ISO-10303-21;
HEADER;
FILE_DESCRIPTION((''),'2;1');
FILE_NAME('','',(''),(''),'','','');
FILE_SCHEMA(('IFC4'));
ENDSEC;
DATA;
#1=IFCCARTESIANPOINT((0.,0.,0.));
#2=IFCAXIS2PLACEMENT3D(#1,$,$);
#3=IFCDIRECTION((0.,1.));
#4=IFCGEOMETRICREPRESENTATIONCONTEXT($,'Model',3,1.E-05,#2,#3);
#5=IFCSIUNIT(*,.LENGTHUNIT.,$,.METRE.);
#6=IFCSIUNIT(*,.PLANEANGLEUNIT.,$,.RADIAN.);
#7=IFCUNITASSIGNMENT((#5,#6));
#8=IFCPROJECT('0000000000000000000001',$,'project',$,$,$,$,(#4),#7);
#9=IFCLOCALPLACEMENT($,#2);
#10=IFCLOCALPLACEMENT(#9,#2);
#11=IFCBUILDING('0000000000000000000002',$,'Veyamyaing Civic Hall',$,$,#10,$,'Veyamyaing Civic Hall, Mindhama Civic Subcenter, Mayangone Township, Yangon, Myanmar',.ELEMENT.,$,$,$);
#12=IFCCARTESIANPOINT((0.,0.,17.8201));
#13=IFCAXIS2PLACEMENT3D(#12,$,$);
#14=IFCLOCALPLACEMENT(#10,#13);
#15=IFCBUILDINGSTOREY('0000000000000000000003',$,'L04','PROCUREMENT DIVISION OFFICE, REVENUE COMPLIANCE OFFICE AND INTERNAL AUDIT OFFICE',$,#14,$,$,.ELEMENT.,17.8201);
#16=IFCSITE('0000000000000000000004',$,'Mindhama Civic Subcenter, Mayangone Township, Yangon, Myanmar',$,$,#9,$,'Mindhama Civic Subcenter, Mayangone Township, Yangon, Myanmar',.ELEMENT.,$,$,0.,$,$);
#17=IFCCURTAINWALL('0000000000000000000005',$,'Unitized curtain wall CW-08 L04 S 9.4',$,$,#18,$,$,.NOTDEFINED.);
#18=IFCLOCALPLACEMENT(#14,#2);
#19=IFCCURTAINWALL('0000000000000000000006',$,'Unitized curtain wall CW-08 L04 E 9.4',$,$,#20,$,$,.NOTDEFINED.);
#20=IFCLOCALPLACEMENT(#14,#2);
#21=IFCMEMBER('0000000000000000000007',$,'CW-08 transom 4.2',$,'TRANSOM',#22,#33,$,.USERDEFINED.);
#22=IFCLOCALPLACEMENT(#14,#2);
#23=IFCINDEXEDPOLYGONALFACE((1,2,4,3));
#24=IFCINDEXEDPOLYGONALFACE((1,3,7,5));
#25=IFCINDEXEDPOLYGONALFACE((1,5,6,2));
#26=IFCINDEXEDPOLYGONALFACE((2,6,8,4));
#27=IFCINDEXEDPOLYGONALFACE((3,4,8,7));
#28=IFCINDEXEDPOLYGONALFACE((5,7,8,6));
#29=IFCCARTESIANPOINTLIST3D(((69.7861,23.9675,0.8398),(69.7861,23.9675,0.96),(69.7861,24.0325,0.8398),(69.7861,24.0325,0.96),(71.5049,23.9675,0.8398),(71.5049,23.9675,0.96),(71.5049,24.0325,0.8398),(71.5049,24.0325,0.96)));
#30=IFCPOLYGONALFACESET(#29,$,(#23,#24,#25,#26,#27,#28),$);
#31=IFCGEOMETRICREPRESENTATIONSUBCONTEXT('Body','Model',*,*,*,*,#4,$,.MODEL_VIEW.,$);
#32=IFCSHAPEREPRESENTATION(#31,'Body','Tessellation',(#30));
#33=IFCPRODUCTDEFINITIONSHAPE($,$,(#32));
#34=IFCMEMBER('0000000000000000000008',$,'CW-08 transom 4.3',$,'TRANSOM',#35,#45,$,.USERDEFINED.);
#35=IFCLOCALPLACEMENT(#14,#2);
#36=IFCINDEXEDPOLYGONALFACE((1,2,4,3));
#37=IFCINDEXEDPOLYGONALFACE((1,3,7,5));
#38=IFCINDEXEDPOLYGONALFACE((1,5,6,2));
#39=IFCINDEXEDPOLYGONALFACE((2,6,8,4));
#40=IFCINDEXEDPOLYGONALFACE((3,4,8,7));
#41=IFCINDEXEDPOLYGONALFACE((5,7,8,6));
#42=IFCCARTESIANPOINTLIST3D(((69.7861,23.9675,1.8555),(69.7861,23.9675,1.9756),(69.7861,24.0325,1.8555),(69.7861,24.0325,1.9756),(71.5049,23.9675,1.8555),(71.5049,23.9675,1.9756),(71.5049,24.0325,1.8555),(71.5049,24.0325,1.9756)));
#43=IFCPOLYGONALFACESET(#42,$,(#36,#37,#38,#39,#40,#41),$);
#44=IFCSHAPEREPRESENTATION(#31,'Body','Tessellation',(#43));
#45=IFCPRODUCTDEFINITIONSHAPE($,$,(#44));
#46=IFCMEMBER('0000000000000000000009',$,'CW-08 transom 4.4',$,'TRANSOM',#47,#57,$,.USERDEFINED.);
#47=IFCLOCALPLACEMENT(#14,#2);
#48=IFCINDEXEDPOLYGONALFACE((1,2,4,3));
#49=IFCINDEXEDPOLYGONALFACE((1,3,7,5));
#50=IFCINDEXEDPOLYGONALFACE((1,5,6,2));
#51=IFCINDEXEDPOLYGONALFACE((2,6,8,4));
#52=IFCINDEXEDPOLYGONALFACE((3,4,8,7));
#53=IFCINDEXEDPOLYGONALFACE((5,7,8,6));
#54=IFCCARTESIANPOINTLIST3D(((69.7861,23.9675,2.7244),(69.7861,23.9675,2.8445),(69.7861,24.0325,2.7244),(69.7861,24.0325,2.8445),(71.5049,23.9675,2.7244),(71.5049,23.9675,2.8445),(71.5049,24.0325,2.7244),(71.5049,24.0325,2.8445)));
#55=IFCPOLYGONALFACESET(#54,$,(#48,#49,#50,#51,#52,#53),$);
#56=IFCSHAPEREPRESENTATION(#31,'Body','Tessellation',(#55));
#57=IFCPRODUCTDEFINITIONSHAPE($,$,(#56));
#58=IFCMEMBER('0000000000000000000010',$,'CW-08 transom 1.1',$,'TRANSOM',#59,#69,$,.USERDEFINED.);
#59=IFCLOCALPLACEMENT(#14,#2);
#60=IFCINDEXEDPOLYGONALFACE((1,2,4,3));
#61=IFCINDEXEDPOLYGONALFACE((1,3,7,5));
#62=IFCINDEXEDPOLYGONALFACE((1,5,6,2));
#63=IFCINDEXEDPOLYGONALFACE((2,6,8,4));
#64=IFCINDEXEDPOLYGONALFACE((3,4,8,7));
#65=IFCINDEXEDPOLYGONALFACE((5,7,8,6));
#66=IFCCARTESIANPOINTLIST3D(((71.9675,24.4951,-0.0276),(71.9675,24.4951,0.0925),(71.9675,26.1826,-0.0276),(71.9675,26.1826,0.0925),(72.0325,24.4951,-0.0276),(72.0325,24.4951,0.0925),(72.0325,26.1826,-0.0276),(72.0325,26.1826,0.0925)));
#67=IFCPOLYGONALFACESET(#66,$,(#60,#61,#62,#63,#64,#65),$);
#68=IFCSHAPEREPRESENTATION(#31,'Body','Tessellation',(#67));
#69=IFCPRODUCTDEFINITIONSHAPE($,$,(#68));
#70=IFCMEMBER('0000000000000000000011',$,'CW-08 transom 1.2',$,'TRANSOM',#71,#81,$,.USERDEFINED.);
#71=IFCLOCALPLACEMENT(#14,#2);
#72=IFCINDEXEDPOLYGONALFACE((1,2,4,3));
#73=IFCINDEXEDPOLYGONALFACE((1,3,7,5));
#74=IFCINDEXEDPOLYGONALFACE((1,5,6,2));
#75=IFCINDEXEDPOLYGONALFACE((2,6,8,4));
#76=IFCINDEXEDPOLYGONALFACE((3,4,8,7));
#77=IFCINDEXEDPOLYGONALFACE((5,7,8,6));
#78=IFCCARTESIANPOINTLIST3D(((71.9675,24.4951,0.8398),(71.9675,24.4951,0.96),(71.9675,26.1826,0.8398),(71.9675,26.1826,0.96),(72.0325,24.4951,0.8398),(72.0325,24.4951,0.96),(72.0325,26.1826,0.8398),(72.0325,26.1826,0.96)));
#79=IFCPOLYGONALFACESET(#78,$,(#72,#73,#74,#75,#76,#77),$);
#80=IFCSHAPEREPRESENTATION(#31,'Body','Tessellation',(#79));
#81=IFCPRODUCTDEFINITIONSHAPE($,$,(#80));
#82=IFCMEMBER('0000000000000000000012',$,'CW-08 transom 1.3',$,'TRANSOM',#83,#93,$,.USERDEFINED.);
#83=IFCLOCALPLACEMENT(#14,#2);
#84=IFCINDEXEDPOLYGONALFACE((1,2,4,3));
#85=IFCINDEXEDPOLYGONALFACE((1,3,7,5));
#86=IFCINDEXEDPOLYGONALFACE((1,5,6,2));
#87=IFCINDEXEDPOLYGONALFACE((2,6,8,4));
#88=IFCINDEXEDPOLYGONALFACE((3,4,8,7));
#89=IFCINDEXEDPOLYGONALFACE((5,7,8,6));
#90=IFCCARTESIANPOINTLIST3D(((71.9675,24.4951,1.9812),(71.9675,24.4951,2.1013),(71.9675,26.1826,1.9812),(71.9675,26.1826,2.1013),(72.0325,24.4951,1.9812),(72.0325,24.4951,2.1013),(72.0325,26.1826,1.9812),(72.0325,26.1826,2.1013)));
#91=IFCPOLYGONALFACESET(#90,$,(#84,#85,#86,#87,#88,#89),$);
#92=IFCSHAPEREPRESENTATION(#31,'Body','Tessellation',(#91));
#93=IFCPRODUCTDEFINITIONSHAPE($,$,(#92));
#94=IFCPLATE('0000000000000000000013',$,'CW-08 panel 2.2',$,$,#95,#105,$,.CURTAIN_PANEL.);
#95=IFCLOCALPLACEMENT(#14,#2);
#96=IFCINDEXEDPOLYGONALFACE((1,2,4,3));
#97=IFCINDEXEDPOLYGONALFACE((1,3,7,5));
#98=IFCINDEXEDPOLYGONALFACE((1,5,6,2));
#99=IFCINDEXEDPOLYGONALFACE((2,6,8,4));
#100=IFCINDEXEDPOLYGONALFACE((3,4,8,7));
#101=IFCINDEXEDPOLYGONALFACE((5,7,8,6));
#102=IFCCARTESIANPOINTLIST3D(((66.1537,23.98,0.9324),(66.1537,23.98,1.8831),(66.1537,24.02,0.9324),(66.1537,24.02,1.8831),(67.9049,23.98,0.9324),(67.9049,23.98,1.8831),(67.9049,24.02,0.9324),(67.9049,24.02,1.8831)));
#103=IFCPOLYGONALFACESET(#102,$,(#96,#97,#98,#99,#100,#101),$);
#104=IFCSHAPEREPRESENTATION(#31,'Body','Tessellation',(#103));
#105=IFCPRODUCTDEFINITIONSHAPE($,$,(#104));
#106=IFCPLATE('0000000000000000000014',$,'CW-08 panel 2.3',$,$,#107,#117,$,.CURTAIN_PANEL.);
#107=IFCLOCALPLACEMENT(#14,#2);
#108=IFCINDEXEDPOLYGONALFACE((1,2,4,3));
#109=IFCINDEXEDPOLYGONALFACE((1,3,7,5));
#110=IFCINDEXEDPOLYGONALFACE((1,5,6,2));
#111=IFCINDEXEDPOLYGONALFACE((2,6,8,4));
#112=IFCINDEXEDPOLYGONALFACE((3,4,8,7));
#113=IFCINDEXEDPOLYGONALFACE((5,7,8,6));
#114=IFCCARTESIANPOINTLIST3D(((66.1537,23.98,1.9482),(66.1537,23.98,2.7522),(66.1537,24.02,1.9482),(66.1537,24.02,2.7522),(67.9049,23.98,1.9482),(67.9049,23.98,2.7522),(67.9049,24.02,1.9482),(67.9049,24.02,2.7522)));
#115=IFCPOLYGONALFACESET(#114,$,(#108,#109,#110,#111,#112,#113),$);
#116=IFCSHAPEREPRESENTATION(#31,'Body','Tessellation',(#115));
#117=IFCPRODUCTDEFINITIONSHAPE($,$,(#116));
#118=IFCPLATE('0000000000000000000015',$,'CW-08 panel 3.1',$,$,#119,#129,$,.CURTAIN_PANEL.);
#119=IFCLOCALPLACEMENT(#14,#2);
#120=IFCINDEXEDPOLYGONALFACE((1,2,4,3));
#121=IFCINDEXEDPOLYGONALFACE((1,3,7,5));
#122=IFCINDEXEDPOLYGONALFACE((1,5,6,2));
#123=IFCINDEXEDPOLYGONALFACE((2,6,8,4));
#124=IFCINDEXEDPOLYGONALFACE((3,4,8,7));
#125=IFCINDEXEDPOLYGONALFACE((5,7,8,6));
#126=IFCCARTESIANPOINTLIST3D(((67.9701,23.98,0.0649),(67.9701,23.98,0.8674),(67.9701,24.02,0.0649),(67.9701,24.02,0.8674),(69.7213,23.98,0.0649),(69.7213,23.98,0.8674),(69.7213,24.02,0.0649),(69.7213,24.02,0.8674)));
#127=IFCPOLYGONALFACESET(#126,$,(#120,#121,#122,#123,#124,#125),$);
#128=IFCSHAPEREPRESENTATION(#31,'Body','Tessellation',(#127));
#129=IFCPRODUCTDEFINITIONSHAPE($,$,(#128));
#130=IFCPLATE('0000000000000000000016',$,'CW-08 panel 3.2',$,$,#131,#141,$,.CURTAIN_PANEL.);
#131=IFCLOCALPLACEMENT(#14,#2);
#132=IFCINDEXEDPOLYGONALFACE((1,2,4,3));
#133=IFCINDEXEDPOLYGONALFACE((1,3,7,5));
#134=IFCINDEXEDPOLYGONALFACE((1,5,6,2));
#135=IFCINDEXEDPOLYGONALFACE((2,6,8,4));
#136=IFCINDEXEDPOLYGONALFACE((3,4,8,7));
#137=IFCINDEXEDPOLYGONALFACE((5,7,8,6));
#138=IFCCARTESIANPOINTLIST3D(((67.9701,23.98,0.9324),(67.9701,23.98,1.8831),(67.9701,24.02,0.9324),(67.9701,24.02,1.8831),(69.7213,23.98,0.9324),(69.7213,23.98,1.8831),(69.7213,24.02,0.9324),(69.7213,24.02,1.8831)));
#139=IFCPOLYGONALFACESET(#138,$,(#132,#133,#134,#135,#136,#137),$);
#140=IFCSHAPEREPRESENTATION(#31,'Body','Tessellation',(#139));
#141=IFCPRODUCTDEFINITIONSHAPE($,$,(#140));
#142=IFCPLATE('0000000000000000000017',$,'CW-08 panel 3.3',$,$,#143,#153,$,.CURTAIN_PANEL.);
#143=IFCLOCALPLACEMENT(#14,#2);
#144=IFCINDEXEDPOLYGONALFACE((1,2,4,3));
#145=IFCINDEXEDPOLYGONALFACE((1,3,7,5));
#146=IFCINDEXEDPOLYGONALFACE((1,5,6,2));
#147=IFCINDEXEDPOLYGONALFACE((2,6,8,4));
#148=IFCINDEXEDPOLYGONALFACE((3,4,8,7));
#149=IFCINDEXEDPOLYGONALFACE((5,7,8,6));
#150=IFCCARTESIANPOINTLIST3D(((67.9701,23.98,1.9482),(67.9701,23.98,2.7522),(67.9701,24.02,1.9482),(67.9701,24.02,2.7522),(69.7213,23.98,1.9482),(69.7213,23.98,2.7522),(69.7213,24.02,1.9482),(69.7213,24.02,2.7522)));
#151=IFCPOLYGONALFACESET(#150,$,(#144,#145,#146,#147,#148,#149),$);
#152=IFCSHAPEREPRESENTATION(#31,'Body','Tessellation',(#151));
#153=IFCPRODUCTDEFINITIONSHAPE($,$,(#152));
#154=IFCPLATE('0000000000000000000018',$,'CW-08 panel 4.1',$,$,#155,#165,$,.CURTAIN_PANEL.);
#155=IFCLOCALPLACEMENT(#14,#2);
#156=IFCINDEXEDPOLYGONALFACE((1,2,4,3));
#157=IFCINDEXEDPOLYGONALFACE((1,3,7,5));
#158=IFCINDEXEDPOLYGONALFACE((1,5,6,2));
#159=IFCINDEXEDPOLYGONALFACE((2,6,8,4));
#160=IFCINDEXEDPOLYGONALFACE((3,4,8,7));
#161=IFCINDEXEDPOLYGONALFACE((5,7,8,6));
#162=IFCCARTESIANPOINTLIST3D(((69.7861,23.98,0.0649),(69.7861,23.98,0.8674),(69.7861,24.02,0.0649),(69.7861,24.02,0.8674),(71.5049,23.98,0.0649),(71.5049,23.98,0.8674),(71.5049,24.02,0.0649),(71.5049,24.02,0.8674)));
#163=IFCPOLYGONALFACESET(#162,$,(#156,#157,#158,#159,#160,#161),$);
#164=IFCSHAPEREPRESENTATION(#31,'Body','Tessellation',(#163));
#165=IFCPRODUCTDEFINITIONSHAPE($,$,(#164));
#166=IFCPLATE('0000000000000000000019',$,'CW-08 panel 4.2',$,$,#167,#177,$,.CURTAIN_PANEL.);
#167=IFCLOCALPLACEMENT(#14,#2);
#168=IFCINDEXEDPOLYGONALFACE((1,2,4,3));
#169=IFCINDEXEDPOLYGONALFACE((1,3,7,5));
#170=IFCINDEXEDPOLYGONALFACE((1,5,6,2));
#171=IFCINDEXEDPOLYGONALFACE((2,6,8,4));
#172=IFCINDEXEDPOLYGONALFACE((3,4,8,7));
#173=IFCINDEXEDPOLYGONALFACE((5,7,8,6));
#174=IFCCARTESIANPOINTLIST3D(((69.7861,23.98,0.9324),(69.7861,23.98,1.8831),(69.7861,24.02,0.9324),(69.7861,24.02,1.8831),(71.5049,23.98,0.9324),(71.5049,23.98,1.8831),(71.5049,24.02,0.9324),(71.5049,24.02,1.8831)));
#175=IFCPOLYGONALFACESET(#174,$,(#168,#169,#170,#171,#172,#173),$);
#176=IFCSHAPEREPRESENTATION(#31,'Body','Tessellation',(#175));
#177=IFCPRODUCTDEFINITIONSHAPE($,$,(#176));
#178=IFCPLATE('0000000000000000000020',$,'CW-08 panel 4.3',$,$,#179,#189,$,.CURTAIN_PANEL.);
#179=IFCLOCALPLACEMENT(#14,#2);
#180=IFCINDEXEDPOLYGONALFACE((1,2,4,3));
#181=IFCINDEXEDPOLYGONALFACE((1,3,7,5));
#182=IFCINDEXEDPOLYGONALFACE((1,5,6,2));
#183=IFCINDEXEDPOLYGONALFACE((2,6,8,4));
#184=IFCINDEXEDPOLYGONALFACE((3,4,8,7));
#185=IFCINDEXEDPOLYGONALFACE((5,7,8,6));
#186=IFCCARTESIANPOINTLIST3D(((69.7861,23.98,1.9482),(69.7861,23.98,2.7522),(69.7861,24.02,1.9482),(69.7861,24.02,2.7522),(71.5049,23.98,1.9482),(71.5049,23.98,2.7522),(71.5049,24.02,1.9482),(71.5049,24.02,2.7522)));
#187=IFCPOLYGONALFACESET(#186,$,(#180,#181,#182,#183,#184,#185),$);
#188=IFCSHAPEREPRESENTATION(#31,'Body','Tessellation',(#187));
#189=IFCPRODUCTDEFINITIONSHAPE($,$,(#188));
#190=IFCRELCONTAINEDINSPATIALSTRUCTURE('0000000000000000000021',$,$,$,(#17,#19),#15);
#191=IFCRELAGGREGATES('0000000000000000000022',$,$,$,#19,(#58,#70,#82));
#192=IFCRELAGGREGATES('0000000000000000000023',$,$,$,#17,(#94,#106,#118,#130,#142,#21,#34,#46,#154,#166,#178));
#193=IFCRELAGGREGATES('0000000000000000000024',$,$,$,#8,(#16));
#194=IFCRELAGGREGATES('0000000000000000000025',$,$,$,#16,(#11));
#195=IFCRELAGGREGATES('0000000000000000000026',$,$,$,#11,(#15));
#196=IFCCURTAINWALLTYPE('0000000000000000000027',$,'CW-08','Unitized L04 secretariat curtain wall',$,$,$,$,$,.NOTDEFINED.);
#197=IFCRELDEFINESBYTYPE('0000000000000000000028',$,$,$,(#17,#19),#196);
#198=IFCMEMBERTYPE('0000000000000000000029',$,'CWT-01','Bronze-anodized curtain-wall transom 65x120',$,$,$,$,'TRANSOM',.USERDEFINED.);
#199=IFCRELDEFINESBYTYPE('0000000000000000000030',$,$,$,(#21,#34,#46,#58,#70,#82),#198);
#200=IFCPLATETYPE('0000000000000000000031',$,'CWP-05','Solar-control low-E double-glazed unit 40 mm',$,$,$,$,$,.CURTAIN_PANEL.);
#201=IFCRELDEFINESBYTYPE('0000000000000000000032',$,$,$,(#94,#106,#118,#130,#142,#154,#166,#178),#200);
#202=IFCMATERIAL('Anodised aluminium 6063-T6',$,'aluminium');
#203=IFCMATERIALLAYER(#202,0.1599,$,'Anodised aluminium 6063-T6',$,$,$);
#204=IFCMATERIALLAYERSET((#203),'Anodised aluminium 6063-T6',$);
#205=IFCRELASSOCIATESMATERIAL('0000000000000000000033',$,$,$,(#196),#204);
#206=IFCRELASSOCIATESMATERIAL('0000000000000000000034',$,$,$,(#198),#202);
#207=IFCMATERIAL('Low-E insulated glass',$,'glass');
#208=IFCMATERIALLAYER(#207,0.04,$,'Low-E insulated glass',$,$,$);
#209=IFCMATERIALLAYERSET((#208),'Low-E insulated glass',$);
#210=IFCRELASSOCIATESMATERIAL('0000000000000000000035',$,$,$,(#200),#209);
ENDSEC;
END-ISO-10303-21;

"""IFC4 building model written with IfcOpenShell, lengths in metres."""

from ifc_helpers import new_model, si_unit, direction, frame, origin, origin_2d, place, context, subcontext, project, spatial, rectangle, extrude, material, layer, layer_set, material_profile, profile_set, type_object, element, aggregate, save


model = new_model("IFC4")

# Units and contexts
model_context = context("Model", 3, precision=1e-05, world=origin(), true_north=direction((0.0, 1.0)))
body_context = subcontext(model_context, "Body", "Model", "MODEL_VIEW")
ifc_project = project(units=[si_unit("LENGTHUNIT", "METRE"), si_unit("PLANEANGLEUNIT", "RADIAN")], contexts=[model_context])

# Site, building, storey
site_placement = place(None, origin())
site = spatial("IfcSite", under=ifc_project, at=site_placement, Name="Mindhama Civic Subcenter, Mayangone Township, Yangon, Myanmar", LongName="Mindhama Civic Subcenter, Mayangone Township, Yangon, Myanmar", CompositionType="ELEMENT", RefElevation=0.0)
building_placement = place(site_placement, origin())
building = spatial("IfcBuilding", under=site, at=building_placement, Name="Veyamyaing Civic Hall", LongName="Veyamyaing Civic Hall, Mindhama Civic Subcenter, Mayangone Township, Yangon, Myanmar", CompositionType="ELEMENT")
storey_placement = place(building_placement, frame((0.0, 0.0, 17.8201)))
storey = spatial("IfcBuildingStorey", under=building, at=storey_placement, Name="L04", Description="PROCUREMENT DIVISION OFFICE, REVENUE COMPLIANCE OFFICE AND INTERNAL AUDIT OFFICE", CompositionType="ELEMENT", Elevation=17.8201)

# Curtain wall
ifc_material_1 = material(Name="Anodised aluminium 6063-T6", Category="aluminium")
ifc_layer_1 = layer(ifc_material_1, 0.1599, Name="Anodised aluminium 6063-T6")
ifc_layer_set_1 = layer_set([ifc_layer_1], Name="Anodised aluminium 6063-T6")
curtain_wall_type = type_object("IfcCurtainWallType", Name="CW-08", Description="Unitized L04 secretariat curtain wall", PredefinedType="NOTDEFINED", material=ifc_layer_set_1)
curtain_wall_1_placement = place(storey_placement, origin())
curtain_wall_1 = element("IfcCurtainWall", 1, at=curtain_wall_1_placement, inside=storey, type_object=curtain_wall_type, Name="Unitized curtain wall CW-08 L04 S 9.4", PredefinedType="NOTDEFINED")

# Curtain wall
curtain_wall_2_placement = place(storey_placement, origin())
curtain_wall_2 = element("IfcCurtainWall", 2, at=curtain_wall_2_placement, inside=storey, type_object=curtain_wall_type, Name="Unitized curtain wall CW-08 L04 E 9.4", PredefinedType="NOTDEFINED")

# Members
ifc_material_profile_1 = material_profile(ifc_material_1, rectangle(XDim=0.0649, YDim=0.1201, at=origin_2d()), Name="ALU-TRN-65X120")
ifc_profile_set_1 = profile_set([ifc_material_profile_1], Name="Anodised aluminium 6063-T6")
member_type_1 = type_object("IfcMemberType", Name="CWT-01", Description="Bronze-anodized curtain-wall transom 65x120", ElementType="TRANSOM", PredefinedType="USERDEFINED", material=ifc_profile_set_1)
member_1_placement = place(storey_placement, frame((69.7861, 24.0, 0.8999), z_axis=(1.0, 0.0, 0.0), x_axis=(0.0, 1.0, 0.0)))
member_1 = element("IfcMember", 3, at=member_1_placement, type_object=member_type_1, Name="CW-08 transom 4.2", ObjectType="TRANSOM", PredefinedType="USERDEFINED", context=body_context, shape_type="SweptSolid", body=[
    extrude(rectangle(XDim=0.0649, YDim=0.1201, at=origin_2d()), origin(), (0.0, 0.0, 1.0), 1.7188),
])
member_2_placement = place(storey_placement, frame((69.7861, 24.0, 1.9155), z_axis=(1.0, 0.0, 0.0), x_axis=(0.0, 1.0, 0.0)))
member_2 = element("IfcMember", 4, at=member_2_placement, type_object=member_type_1, Name="CW-08 transom 4.3", ObjectType="TRANSOM", PredefinedType="USERDEFINED", context=body_context, shape_type="SweptSolid", body=[
    extrude(rectangle(XDim=0.0649, YDim=0.1201, at=origin_2d()), origin(), (0.0, 0.0, 1.0), 1.7188),
])
member_3_placement = place(storey_placement, frame((69.7861, 24.0, 2.7844), z_axis=(1.0, 0.0, 0.0), x_axis=(0.0, 1.0, 0.0)))
member_3 = element("IfcMember", 5, at=member_3_placement, type_object=member_type_1, Name="CW-08 transom 4.4", ObjectType="TRANSOM", PredefinedType="USERDEFINED", context=body_context, shape_type="SweptSolid", body=[
    extrude(rectangle(XDim=0.0649, YDim=0.1201, at=origin_2d()), origin(), (0.0, 0.0, 1.0), 1.7188),
])
member_4_placement = place(storey_placement, frame((72.0, 24.4951, 0.0325), z_axis=(0.0, 1.0, 0.0), x_axis=(-1.0, 0.0, 0.0)))
member_4 = element("IfcMember", 6, at=member_4_placement, type_object=member_type_1, Name="CW-08 transom 1.1", ObjectType="TRANSOM", PredefinedType="USERDEFINED", context=body_context, shape_type="SweptSolid", body=[
    extrude(rectangle(XDim=0.0649, YDim=0.1201, at=origin_2d()), origin(), (0.0, 0.0, 1.0), 1.6875),
])
member_5_placement = place(storey_placement, frame((72.0, 24.4951, 0.8999), z_axis=(0.0, 1.0, 0.0), x_axis=(-1.0, 0.0, 0.0)))
member_5 = element("IfcMember", 7, at=member_5_placement, type_object=member_type_1, Name="CW-08 transom 1.2", ObjectType="TRANSOM", PredefinedType="USERDEFINED", context=body_context, shape_type="SweptSolid", body=[
    extrude(rectangle(XDim=0.0649, YDim=0.1201, at=origin_2d()), origin(), (0.0, 0.0, 1.0), 1.6875),
])
member_6_placement = place(storey_placement, frame((72.0, 24.4951, 2.0413), z_axis=(0.0, 1.0, 0.0), x_axis=(-1.0, 0.0, 0.0)))
member_6 = element("IfcMember", 8, at=member_6_placement, type_object=member_type_1, Name="CW-08 transom 1.3", ObjectType="TRANSOM", PredefinedType="USERDEFINED", context=body_context, shape_type="SweptSolid", body=[
    extrude(rectangle(XDim=0.0649, YDim=0.1201, at=origin_2d()), origin(), (0.0, 0.0, 1.0), 1.6875),
])
aggregate(curtain_wall_2, [member_4, member_5, member_6])

# Plates
ifc_material_2 = material(Name="Low-E insulated glass", Category="glass")
ifc_layer_2 = layer(ifc_material_2, 0.04, Name="Low-E insulated glass")
ifc_layer_set_2 = layer_set([ifc_layer_2], Name="Low-E insulated glass")
plate_type = type_object("IfcPlateType", Name="CWP-05", Description="Solar-control low-E double-glazed unit 40 mm", PredefinedType="CURTAIN_PANEL", material=ifc_layer_set_2)
plate_1_placement = place(storey_placement, frame((67.0293, 24.0, 0.9324), z_axis=(0.0, 0.0, 1.0), x_axis=(1.0, 0.0, 0.0)))
plate_1 = element("IfcPlate", 9, at=plate_1_placement, type_object=plate_type, Name="CW-08 panel 2.2", PredefinedType="CURTAIN_PANEL", context=body_context, shape_type="SweptSolid", body=[
    extrude(rectangle(XDim=1.7512, YDim=0.04, at=origin_2d()), origin(), (0.0, 0.0, 1.0), 0.9507),
])
plate_2_placement = place(storey_placement, frame((67.0293, 24.0, 1.9482), z_axis=(0.0, 0.0, 1.0), x_axis=(1.0, 0.0, 0.0)))
plate_2 = element("IfcPlate", 10, at=plate_2_placement, type_object=plate_type, Name="CW-08 panel 2.3", PredefinedType="CURTAIN_PANEL", context=body_context, shape_type="SweptSolid", body=[
    extrude(rectangle(XDim=1.7512, YDim=0.04, at=origin_2d()), origin(), (0.0, 0.0, 1.0), 0.804),
])
plate_3_placement = place(storey_placement, frame((68.8457, 24.0, 0.0649), z_axis=(0.0, 0.0, 1.0), x_axis=(1.0, 0.0, 0.0)))
plate_3 = element("IfcPlate", 11, at=plate_3_placement, type_object=plate_type, Name="CW-08 panel 3.1", PredefinedType="CURTAIN_PANEL", context=body_context, shape_type="SweptSolid", body=[
    extrude(rectangle(XDim=1.7512, YDim=0.04, at=origin_2d()), origin(), (0.0, 0.0, 1.0), 0.8025),
])
plate_4_placement = place(storey_placement, frame((68.8457, 24.0, 0.9324), z_axis=(0.0, 0.0, 1.0), x_axis=(1.0, 0.0, 0.0)))
plate_4 = element("IfcPlate", 12, at=plate_4_placement, type_object=plate_type, Name="CW-08 panel 3.2", PredefinedType="CURTAIN_PANEL", context=body_context, shape_type="SweptSolid", body=[
    extrude(rectangle(XDim=1.7512, YDim=0.04, at=origin_2d()), origin(), (0.0, 0.0, 1.0), 0.9507),
])
plate_5_placement = place(storey_placement, frame((68.8457, 24.0, 1.9482), z_axis=(0.0, 0.0, 1.0), x_axis=(1.0, 0.0, 0.0)))
plate_5 = element("IfcPlate", 13, at=plate_5_placement, type_object=plate_type, Name="CW-08 panel 3.3", PredefinedType="CURTAIN_PANEL", context=body_context, shape_type="SweptSolid", body=[
    extrude(rectangle(XDim=1.7512, YDim=0.04, at=origin_2d()), origin(), (0.0, 0.0, 1.0), 0.804),
])
plate_6_placement = place(storey_placement, frame((70.6455, 24.0, 0.0649), z_axis=(0.0, 0.0, 1.0), x_axis=(1.0, 0.0, 0.0)))
plate_6 = element("IfcPlate", 14, at=plate_6_placement, type_object=plate_type, Name="CW-08 panel 4.1", PredefinedType="CURTAIN_PANEL", context=body_context, shape_type="SweptSolid", body=[
    extrude(rectangle(XDim=1.7188, YDim=0.04, at=origin_2d()), origin(), (0.0, 0.0, 1.0), 0.8025),
])
plate_7_placement = place(storey_placement, frame((70.6455, 24.0, 0.9324), z_axis=(0.0, 0.0, 1.0), x_axis=(1.0, 0.0, 0.0)))
plate_7 = element("IfcPlate", 15, at=plate_7_placement, type_object=plate_type, Name="CW-08 panel 4.2", PredefinedType="CURTAIN_PANEL", context=body_context, shape_type="SweptSolid", body=[
    extrude(rectangle(XDim=1.7188, YDim=0.04, at=origin_2d()), origin(), (0.0, 0.0, 1.0), 0.9507),
])
plate_8_placement = place(storey_placement, frame((70.6455, 24.0, 1.9482), z_axis=(0.0, 0.0, 1.0), x_axis=(1.0, 0.0, 0.0)))
plate_8 = element("IfcPlate", 16, at=plate_8_placement, type_object=plate_type, Name="CW-08 panel 4.3", PredefinedType="CURTAIN_PANEL", context=body_context, shape_type="SweptSolid", body=[
    extrude(rectangle(XDim=1.7188, YDim=0.04, at=origin_2d()), origin(), (0.0, 0.0, 1.0), 0.804),
])
aggregate(curtain_wall_1, [plate_1, plate_2, plate_3, plate_4, plate_5, member_1, member_2, member_3, plate_6, plate_7, plate_8])

save(model, "model.ifc")
